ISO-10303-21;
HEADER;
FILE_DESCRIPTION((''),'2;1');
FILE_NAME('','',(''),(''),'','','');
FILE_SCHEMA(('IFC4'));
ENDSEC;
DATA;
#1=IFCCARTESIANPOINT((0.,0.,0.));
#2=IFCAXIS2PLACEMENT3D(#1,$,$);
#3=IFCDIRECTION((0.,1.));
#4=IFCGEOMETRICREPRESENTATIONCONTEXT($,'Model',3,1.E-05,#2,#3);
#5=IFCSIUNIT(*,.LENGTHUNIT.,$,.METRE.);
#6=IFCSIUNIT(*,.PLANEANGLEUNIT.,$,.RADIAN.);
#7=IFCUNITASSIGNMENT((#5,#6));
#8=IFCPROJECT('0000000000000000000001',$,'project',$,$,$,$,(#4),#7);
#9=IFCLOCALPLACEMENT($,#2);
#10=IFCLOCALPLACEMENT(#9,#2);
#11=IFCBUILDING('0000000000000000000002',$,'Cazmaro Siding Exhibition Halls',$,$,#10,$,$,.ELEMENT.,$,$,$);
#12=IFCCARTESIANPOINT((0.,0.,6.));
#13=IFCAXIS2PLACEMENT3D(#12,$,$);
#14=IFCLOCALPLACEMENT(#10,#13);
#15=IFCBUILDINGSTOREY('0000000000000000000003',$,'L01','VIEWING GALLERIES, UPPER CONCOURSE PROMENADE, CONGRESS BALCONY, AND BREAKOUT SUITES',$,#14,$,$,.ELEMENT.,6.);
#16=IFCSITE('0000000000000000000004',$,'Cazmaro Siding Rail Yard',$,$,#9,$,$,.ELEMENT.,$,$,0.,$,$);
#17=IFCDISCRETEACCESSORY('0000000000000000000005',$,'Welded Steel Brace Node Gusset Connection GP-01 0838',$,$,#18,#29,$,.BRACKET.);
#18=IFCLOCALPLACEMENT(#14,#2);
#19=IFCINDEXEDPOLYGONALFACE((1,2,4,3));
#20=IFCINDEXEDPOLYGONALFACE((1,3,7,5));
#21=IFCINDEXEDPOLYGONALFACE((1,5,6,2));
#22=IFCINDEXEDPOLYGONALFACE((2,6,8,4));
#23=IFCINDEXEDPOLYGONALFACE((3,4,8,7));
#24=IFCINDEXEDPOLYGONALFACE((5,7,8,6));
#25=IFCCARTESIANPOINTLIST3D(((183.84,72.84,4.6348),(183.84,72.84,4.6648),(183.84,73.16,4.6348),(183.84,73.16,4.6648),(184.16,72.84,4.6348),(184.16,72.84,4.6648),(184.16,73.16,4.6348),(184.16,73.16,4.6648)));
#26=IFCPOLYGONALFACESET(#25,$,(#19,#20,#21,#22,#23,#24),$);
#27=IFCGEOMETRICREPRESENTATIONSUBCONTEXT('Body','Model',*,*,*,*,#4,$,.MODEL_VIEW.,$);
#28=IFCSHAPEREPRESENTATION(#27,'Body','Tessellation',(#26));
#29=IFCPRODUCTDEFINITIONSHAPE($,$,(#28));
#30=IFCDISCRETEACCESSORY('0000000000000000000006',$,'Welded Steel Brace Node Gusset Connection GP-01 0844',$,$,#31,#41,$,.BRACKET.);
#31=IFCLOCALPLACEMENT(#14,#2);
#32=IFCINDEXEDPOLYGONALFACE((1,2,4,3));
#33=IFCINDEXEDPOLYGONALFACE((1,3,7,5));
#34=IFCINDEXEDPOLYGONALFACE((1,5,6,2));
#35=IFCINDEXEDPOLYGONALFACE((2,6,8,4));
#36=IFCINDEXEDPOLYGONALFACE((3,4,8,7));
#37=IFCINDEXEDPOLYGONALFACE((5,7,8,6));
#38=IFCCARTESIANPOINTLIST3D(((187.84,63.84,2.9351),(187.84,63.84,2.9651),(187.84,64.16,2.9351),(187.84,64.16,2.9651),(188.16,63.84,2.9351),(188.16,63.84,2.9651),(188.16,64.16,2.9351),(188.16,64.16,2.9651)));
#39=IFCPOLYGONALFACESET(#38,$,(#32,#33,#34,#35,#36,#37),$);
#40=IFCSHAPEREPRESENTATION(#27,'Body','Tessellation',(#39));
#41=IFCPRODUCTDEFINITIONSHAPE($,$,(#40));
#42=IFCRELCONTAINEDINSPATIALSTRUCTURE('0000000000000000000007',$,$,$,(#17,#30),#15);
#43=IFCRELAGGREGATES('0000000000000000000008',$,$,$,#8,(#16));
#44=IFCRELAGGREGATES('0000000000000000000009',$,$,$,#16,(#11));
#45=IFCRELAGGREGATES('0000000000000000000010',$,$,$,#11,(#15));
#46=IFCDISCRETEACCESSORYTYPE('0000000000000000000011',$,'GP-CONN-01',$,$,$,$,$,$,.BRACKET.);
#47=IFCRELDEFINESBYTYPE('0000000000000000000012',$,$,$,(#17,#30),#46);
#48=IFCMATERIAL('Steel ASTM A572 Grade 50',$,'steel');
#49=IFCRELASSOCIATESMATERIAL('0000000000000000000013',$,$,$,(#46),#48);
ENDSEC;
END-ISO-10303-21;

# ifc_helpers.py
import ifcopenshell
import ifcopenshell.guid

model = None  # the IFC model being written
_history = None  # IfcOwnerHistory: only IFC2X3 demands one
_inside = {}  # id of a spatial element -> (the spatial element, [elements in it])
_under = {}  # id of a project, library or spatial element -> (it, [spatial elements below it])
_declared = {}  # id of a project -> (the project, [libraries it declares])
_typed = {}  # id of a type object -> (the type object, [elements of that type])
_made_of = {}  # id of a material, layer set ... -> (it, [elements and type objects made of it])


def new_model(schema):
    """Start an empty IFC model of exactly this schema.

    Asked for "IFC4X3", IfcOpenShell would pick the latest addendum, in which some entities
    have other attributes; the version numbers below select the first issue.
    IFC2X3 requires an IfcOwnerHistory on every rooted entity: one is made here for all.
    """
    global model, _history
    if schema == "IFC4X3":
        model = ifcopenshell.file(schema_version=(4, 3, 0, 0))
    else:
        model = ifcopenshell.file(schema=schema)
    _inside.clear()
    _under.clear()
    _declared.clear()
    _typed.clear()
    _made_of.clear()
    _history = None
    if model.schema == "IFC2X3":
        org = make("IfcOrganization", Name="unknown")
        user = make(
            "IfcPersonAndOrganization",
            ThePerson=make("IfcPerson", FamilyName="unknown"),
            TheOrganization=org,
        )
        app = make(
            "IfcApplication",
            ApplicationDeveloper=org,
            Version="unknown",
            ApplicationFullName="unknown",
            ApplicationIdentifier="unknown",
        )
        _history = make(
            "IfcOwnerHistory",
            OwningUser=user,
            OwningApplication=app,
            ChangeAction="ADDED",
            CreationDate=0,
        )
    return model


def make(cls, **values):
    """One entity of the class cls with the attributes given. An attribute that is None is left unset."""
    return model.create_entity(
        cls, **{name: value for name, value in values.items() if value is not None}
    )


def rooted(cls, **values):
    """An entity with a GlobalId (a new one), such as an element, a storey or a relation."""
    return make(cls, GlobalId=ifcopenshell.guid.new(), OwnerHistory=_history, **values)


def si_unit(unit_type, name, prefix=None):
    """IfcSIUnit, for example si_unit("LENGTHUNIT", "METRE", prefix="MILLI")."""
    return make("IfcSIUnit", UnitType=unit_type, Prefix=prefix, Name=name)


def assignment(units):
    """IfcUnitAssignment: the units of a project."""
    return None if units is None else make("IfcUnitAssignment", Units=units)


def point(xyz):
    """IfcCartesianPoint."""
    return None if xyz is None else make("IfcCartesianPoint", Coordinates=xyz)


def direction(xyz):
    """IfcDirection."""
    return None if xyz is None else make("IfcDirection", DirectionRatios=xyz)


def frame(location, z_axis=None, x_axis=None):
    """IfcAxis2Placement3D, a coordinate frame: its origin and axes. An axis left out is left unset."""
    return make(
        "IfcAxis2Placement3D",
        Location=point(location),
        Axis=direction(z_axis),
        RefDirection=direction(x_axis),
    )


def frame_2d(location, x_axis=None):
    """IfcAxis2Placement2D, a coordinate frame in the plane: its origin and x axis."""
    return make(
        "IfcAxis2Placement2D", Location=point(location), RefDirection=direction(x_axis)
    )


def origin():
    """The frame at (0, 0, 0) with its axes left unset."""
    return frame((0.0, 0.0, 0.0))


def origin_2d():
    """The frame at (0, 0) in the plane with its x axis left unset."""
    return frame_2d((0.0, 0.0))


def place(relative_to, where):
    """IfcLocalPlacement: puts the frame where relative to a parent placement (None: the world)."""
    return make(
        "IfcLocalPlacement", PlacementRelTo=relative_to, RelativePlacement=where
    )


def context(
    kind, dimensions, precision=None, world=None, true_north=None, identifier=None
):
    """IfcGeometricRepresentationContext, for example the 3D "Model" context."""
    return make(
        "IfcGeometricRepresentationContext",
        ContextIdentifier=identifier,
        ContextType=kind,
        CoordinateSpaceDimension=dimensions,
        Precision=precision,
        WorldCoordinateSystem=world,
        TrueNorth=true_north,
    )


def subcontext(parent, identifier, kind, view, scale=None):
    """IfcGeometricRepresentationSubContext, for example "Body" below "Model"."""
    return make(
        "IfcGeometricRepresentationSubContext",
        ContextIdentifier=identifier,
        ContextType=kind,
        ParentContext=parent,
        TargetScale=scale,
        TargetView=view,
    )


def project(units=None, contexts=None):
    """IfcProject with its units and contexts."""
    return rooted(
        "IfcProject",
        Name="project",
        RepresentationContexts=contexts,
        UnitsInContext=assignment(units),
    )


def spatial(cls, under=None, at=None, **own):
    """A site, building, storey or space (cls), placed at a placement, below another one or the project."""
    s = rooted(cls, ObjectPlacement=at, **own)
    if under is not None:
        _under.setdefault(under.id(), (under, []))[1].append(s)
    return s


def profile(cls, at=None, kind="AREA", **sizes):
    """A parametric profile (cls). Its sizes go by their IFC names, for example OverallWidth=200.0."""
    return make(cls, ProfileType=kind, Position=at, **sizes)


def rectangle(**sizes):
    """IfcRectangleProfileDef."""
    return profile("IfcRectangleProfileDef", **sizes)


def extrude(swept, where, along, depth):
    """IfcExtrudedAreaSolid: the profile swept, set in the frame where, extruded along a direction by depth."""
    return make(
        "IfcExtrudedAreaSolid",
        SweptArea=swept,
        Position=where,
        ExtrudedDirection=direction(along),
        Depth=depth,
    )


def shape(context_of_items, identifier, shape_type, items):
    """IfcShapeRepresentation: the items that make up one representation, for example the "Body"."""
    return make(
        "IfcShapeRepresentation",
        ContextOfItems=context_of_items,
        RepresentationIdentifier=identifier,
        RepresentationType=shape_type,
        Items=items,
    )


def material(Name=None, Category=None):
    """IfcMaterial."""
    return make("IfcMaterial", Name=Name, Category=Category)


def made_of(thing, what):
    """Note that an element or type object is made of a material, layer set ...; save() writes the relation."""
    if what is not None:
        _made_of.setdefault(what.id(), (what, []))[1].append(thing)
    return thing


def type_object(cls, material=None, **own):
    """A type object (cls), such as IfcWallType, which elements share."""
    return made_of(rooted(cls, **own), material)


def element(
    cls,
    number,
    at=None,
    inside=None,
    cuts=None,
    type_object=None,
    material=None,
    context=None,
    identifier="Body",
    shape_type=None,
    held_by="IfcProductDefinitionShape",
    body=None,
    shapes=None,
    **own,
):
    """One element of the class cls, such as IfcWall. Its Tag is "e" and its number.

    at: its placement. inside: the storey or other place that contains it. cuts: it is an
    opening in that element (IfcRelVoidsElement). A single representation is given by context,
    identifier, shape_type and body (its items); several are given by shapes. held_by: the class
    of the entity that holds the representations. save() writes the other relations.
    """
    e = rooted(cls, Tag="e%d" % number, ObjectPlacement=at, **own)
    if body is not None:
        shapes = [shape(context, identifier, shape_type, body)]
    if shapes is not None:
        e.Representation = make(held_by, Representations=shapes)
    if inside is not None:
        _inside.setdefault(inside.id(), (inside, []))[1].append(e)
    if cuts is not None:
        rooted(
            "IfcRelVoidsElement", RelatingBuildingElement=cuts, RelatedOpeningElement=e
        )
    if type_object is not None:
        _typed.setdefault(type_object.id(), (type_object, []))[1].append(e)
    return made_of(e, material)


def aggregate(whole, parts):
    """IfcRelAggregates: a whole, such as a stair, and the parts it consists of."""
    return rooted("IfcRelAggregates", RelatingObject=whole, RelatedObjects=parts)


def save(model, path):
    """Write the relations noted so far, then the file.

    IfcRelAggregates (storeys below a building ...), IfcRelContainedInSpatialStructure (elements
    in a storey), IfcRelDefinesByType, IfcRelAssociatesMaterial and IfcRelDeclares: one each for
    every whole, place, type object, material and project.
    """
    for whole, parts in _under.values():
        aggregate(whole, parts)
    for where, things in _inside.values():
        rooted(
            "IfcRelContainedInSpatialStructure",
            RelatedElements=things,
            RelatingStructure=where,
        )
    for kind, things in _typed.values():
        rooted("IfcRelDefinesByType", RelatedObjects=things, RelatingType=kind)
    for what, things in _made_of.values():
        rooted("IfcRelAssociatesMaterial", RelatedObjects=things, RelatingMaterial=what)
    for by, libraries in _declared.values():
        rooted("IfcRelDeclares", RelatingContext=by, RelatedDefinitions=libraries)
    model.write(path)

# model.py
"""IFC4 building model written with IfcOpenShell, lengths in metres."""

from ifc_helpers import new_model, si_unit, direction, frame, origin, origin_2d, place, context, subcontext, project, spatial, rectangle, extrude, material, type_object, element, save


model = new_model("IFC4")

# Units and contexts
model_context = context("Model", 3, precision=1e-05, world=origin(), true_north=direction((0.0, 1.0)))
body_context = subcontext(model_context, "Body", "Model", "MODEL_VIEW")
ifc_project = project(units=[si_unit("LENGTHUNIT", "METRE"), si_unit("PLANEANGLEUNIT", "RADIAN")], contexts=[model_context])

# Site, building, storey
site_placement = place(None, origin())
site = spatial("IfcSite", under=ifc_project, at=site_placement, Name="Cazmaro Siding Rail Yard", CompositionType="ELEMENT", RefElevation=0.0)
building_placement = place(site_placement, origin())
building = spatial("IfcBuilding", under=site, at=building_placement, Name="Cazmaro Siding Exhibition Halls", CompositionType="ELEMENT")
storey_placement = place(building_placement, frame((0.0, 0.0, 6.0)))
storey = spatial("IfcBuildingStorey", under=building, at=storey_placement, Name="L01", Description="VIEWING GALLERIES, UPPER CONCOURSE PROMENADE, CONGRESS BALCONY, AND BREAKOUT SUITES", CompositionType="ELEMENT", Elevation=6.0)

# Discrete accessories
ifc_material_1 = material(Name="Steel ASTM A572 Grade 50", Category="steel")
discrete_accessory_type = type_object("IfcDiscreteAccessoryType", Name="GP-CONN-01", PredefinedType="BRACKET", material=ifc_material_1)
for number, where, z_axis, x_axis, name in (
    (1, (184.0, 73.0, 4.6348), (0.0, 0.0, 1.0), (1.0, 0.0, 0.0), "Welded Steel Brace Node Gusset Connection GP-01 0838"),
    (2, (188.0, 64.0, 2.9351), (0.0, 0.0, 1.0), (1.0, 0.0, 0.0), "Welded Steel Brace Node Gusset Connection GP-01 0844"),
):
    element("IfcDiscreteAccessory", number, at=place(storey_placement, frame(where, z_axis=z_axis, x_axis=x_axis)), inside=storey, type_object=discrete_accessory_type, Name=name, PredefinedType="BRACKET", context=body_context, shape_type="SweptSolid", body=[
        extrude(rectangle(XDim=0.3201, YDim=0.3201, at=origin_2d()), origin(), (0.0, 0.0, 1.0), 0.03),
    ])

save(model, "model.ifc")
